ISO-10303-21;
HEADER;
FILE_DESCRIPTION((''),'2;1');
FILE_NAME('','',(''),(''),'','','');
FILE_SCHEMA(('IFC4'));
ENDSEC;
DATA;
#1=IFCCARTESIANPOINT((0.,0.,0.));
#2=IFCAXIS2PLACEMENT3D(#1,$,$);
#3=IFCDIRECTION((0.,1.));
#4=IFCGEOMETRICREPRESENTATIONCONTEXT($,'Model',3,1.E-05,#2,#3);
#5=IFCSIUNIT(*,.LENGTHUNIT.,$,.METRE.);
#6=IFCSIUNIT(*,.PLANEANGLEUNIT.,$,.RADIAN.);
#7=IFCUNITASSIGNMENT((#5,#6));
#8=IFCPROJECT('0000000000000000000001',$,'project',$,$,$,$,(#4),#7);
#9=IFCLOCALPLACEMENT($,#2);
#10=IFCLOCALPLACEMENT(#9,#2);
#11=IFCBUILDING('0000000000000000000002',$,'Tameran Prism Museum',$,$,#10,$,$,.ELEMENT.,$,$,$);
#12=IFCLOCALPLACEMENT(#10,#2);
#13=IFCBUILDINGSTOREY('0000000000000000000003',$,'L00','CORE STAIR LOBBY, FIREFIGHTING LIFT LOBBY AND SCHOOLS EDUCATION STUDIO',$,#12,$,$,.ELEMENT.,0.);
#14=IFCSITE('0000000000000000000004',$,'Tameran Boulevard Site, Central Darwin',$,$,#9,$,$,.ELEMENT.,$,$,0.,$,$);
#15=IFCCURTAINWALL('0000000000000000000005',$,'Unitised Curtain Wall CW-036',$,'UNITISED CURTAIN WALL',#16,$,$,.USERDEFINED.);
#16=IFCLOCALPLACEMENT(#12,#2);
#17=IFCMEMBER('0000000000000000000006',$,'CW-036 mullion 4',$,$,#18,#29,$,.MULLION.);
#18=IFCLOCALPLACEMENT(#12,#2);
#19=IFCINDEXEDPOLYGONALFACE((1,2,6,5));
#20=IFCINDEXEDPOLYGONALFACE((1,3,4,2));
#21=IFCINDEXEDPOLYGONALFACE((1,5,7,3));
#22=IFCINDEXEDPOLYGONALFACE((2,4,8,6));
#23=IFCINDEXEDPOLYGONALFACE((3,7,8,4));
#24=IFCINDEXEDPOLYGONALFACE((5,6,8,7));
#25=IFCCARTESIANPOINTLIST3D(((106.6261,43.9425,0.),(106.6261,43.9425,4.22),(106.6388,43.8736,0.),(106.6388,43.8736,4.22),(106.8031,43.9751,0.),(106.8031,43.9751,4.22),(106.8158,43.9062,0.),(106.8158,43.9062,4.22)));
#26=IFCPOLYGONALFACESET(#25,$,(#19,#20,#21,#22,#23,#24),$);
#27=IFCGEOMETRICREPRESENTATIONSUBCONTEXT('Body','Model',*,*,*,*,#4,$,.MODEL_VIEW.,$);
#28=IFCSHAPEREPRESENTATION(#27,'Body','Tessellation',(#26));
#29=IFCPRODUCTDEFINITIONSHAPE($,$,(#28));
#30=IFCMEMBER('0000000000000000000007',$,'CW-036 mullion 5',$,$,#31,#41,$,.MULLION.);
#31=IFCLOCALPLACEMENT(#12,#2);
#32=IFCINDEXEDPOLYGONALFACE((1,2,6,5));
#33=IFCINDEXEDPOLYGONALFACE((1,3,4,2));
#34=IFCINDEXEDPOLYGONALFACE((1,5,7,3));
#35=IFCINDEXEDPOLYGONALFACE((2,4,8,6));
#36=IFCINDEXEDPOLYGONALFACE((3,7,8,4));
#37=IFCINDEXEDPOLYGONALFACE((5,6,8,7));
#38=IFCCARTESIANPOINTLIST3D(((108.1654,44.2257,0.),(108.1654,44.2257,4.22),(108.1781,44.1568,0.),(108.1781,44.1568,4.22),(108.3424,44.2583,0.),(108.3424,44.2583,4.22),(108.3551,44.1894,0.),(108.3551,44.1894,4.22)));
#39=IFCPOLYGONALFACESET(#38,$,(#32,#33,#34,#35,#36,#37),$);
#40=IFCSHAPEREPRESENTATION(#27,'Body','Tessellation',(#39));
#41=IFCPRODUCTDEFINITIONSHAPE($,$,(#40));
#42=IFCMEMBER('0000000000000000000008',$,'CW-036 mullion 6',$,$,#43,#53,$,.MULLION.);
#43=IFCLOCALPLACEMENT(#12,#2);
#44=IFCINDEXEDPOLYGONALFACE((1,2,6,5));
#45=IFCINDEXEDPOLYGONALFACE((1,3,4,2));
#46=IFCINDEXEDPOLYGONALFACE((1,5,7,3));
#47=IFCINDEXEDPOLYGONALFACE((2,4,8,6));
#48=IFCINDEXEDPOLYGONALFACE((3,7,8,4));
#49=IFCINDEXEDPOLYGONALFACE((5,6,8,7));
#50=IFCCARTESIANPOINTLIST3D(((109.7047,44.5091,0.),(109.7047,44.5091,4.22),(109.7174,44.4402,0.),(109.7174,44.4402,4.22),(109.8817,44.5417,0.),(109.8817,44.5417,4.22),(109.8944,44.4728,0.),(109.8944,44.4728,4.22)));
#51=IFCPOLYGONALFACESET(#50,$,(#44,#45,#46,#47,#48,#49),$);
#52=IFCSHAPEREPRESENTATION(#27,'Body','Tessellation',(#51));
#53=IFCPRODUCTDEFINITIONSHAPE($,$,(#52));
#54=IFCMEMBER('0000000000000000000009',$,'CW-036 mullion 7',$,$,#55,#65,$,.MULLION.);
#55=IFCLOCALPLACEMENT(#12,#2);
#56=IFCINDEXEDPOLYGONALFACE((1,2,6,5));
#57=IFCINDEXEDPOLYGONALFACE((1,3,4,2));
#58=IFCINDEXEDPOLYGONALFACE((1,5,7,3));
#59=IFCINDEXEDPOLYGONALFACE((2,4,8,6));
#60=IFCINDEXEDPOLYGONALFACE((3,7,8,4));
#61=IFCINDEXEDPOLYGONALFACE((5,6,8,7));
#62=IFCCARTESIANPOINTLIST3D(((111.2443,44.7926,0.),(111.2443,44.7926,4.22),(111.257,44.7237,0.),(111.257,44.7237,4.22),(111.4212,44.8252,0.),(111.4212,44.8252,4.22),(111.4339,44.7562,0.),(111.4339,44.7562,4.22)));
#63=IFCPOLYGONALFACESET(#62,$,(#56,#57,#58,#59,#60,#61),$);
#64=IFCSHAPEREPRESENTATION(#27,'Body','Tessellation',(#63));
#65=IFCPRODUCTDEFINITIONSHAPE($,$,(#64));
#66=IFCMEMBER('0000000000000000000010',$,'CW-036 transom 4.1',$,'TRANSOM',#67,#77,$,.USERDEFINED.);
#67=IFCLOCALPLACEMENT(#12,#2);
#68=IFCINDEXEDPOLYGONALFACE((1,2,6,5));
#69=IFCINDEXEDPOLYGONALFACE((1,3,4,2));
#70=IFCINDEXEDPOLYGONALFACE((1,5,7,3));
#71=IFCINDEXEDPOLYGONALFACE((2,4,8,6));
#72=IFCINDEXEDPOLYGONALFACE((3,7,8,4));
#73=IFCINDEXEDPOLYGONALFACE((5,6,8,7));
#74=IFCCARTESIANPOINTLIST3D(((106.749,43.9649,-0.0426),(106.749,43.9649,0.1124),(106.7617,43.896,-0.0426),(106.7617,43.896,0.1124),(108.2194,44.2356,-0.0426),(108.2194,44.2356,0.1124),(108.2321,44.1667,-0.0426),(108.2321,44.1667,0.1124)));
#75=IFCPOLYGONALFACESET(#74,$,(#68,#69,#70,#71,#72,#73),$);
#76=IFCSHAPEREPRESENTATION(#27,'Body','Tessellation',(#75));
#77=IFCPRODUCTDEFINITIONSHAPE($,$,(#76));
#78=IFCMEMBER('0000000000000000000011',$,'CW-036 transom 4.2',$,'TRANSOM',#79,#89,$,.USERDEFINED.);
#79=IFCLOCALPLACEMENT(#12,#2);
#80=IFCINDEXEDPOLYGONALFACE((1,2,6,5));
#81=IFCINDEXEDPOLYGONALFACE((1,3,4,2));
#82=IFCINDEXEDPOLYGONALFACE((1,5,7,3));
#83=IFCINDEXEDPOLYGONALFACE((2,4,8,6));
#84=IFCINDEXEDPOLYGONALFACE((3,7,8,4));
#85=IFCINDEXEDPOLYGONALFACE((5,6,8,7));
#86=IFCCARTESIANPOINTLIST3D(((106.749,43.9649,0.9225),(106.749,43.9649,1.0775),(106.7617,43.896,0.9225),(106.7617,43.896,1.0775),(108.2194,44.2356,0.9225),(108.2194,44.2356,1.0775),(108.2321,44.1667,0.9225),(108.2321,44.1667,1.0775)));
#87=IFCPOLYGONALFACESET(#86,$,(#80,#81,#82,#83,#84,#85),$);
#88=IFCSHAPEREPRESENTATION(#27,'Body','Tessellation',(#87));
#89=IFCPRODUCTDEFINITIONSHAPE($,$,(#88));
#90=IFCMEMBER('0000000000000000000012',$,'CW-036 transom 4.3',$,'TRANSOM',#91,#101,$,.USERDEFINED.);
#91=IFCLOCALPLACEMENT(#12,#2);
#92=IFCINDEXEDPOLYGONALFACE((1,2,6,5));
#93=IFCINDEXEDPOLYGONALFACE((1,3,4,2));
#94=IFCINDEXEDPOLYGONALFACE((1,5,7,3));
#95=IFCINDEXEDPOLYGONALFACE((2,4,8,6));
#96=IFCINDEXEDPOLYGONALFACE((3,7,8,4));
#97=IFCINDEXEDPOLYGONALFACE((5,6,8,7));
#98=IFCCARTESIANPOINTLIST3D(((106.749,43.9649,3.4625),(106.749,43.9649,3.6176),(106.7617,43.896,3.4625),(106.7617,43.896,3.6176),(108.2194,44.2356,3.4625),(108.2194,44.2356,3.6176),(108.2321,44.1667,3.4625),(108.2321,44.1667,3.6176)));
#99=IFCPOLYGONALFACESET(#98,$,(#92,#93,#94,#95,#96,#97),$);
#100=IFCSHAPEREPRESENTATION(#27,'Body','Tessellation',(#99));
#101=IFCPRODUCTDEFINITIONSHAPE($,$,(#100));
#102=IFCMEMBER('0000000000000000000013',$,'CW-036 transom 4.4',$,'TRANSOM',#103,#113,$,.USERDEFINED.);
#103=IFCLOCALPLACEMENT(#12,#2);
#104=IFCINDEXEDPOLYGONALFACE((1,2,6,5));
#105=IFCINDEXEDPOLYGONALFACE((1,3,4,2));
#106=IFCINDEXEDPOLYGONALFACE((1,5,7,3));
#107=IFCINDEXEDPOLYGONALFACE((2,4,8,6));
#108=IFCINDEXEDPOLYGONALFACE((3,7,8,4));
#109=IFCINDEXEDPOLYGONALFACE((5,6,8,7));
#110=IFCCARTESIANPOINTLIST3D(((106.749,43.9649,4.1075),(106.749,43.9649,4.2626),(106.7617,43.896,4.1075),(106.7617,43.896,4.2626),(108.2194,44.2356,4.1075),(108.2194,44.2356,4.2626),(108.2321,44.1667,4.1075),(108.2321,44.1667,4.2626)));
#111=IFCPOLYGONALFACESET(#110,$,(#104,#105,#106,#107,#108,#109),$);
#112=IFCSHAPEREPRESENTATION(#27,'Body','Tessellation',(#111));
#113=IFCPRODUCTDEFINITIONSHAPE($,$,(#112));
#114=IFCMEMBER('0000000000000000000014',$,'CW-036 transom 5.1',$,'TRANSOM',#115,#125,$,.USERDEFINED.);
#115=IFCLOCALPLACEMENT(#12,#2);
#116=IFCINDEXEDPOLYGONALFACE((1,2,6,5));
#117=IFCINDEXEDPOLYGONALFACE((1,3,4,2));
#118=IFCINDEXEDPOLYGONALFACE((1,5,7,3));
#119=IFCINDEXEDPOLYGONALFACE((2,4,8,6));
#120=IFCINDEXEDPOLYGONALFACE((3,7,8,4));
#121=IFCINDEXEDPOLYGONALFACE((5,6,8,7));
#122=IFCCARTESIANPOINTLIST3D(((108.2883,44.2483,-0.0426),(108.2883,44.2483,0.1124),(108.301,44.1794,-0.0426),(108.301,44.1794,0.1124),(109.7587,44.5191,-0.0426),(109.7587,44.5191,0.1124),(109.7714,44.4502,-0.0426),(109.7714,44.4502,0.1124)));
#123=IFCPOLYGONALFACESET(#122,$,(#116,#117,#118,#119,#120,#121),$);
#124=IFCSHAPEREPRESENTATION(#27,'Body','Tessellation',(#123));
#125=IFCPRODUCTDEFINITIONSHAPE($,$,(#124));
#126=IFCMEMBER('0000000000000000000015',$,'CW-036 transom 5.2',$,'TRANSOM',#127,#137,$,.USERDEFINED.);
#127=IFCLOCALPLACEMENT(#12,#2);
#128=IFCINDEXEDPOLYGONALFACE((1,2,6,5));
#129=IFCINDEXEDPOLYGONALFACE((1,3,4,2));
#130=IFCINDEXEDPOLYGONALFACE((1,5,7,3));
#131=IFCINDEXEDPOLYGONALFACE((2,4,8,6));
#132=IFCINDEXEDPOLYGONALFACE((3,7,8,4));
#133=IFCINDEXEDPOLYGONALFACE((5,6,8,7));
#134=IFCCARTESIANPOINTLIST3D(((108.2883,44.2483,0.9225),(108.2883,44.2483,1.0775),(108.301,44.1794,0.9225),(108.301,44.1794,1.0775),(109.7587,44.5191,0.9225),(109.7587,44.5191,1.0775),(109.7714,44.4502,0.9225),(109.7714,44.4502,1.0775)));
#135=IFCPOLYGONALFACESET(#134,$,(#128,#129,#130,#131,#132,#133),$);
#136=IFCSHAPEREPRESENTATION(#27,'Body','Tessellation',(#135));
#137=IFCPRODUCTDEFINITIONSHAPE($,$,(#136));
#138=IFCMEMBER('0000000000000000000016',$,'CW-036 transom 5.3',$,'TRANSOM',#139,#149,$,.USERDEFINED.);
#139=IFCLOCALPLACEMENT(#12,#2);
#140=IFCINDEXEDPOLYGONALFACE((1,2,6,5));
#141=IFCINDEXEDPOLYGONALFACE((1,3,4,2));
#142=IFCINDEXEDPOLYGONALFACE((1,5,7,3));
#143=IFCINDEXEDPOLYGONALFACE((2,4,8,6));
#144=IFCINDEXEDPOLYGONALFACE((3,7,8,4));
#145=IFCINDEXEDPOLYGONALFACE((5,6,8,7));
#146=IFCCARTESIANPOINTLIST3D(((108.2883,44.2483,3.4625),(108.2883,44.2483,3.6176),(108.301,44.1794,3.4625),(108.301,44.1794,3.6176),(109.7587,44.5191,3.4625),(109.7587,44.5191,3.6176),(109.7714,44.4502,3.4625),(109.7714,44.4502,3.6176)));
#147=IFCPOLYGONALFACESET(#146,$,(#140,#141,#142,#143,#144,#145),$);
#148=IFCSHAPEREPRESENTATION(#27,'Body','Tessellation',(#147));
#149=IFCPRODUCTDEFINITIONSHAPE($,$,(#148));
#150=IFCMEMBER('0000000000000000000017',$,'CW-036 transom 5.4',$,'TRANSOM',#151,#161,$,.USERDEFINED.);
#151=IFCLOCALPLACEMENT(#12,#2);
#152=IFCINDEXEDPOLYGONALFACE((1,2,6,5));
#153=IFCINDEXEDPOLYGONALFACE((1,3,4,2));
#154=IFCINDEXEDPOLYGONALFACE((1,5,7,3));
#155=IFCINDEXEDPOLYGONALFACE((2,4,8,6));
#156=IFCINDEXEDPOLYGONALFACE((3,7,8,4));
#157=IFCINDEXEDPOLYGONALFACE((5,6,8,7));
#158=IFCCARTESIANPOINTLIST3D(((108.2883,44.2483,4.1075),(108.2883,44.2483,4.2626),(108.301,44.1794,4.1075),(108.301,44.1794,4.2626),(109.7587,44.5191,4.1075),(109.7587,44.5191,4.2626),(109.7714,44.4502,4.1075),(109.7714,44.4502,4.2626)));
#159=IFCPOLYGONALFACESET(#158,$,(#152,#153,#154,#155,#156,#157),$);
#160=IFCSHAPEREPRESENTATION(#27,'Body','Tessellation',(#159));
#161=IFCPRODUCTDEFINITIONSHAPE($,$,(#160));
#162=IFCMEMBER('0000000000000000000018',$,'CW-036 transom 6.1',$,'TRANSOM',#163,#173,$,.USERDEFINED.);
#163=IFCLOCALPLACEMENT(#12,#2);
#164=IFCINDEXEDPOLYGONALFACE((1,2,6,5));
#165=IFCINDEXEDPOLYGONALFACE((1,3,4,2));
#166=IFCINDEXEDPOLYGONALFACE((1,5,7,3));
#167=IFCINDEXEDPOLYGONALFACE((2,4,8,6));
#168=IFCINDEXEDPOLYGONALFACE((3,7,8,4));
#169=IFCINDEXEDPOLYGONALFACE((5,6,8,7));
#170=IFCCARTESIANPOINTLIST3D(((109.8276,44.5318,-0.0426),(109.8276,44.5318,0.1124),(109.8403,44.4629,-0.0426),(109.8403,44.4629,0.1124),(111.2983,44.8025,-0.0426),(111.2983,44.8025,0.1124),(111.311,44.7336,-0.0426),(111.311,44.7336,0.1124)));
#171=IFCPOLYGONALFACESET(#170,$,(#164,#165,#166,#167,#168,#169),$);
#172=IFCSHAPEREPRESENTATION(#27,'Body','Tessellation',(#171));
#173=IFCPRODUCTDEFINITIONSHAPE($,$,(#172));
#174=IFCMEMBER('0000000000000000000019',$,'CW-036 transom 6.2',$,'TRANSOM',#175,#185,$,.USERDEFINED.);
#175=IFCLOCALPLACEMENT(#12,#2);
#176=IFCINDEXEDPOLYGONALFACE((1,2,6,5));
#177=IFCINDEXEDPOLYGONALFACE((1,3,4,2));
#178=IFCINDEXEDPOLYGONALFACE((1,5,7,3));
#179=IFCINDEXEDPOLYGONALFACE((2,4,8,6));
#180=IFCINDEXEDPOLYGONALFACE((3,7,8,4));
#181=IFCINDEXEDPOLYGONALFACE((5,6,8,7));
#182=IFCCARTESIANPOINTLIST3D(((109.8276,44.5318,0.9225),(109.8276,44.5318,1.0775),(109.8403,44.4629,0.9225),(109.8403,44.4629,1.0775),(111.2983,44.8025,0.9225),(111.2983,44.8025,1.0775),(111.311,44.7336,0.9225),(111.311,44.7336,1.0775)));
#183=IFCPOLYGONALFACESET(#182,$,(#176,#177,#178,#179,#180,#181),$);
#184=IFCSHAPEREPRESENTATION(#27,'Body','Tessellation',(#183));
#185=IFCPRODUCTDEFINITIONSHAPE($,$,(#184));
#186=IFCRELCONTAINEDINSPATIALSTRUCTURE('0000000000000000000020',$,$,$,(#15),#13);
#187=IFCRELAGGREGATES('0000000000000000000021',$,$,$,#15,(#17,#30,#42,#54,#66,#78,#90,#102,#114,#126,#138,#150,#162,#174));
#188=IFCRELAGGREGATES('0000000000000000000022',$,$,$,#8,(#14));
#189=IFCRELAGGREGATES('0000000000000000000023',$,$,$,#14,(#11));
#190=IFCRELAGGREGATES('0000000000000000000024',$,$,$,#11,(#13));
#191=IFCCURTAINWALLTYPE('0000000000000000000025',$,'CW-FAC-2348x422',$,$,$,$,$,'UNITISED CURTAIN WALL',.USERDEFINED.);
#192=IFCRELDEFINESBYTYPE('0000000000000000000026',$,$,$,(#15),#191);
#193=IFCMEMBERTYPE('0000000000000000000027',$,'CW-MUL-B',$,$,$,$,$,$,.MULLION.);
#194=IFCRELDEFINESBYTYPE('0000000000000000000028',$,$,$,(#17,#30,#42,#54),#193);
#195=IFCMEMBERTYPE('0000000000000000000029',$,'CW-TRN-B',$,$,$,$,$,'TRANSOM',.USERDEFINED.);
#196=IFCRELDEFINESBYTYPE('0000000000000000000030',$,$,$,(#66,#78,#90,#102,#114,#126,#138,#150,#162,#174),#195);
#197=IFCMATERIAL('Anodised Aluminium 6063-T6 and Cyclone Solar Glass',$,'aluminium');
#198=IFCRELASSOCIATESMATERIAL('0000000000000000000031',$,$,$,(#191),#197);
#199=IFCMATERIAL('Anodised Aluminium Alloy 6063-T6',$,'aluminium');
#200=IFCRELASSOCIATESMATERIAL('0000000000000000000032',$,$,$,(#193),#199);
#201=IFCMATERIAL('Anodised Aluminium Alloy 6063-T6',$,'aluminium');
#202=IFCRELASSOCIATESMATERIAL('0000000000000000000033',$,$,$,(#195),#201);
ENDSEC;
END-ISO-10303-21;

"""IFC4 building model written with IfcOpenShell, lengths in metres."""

from ifc_helpers import new_model, si_unit, direction, frame, origin, origin_2d, place, context, subcontext, project, spatial, rectangle, extrude, material, material_profile, profile_set, type_object, element, aggregate, save


model = new_model("IFC4")

# Units and contexts
model_context = context("Model", 3, precision=1e-05, world=origin(), true_north=direction((0.0, 1.0)))
body_context = subcontext(model_context, "Body", "Model", "MODEL_VIEW")
ifc_project = project(units=[si_unit("LENGTHUNIT", "METRE"), si_unit("PLANEANGLEUNIT", "RADIAN")], contexts=[model_context])

# Site, building, storey
site_placement = place(None, origin())
site = spatial("IfcSite", under=ifc_project, at=site_placement, Name="Tameran Boulevard Site, Central Darwin", CompositionType="ELEMENT", RefElevation=0.0)
building_placement = place(site_placement, origin())
building = spatial("IfcBuilding", under=site, at=building_placement, Name="Tameran Prism Museum", CompositionType="ELEMENT")
storey_placement = place(building_placement, origin())
storey = spatial("IfcBuildingStorey", under=building, at=storey_placement, Name="L00", Description="CORE STAIR LOBBY, FIREFIGHTING LIFT LOBBY AND SCHOOLS EDUCATION STUDIO", CompositionType="ELEMENT", Elevation=0.0)

# Curtain wall, members
ifc_material_1 = material(Name="Anodised Aluminium 6063-T6 and Cyclone Solar Glass", Category="aluminium")
curtain_wall_type = type_object("IfcCurtainWallType", Name="CW-FAC-2348x422", ElementType="UNITISED CURTAIN WALL", PredefinedType="USERDEFINED", material=ifc_material_1)
curtain_wall_placement = place(storey_placement, origin())
curtain_wall = element("IfcCurtainWall", 1, at=curtain_wall_placement, inside=storey, type_object=curtain_wall_type, Name="Unitised Curtain Wall CW-036", ObjectType="UNITISED CURTAIN WALL", PredefinedType="USERDEFINED")
ifc_material_2 = material(Name="Anodised Aluminium Alloy 6063-T6", Category="aluminium")
ifc_material_profile_1 = material_profile(ifc_material_2, rectangle(XDim=0.0701, YDim=0.1799, at=origin_2d()))
ifc_profile_set_1 = profile_set([ifc_material_profile_1])
member_type_1 = type_object("IfcMemberType", Name="CW-MUL-B", PredefinedType="MULLION", material=ifc_profile_set_1)
member_1_placement = place(storey_placement, frame((106.7209, 43.9243, 0.0), z_axis=(0.0, 0.0, 1.0), x_axis=(-0.181063, 0.983472, 0.0)))
member_1 = element("IfcMember", 2, at=member_1_placement, type_object=member_type_1, Name="CW-036 mullion 4", PredefinedType="MULLION", context=body_context, shape_type="SweptSolid", body=[
    extrude(rectangle(XDim=0.0701, YDim=0.1799, at=origin_2d()), origin(), (0.0, 0.0, 1.0), 4.22),
])
member_2_placement = place(storey_placement, frame((108.2603, 44.2075, 0.0), z_axis=(0.0, 0.0, 1.0), x_axis=(-0.181063, 0.983472, 0.0)))
member_2 = element("IfcMember", 3, at=member_2_placement, type_object=member_type_1, Name="CW-036 mullion 5", PredefinedType="MULLION", context=body_context, shape_type="SweptSolid", body=[
    extrude(rectangle(XDim=0.0701, YDim=0.1799, at=origin_2d()), origin(), (0.0, 0.0, 1.0), 4.22),
])
member_3_placement = place(storey_placement, frame((109.7996, 44.491, 0.0), z_axis=(0.0, 0.0, 1.0), x_axis=(-0.181063, 0.983472, 0.0)))
member_3 = element("IfcMember", 4, at=member_3_placement, type_object=member_type_1, Name="CW-036 mullion 6", PredefinedType="MULLION", context=body_context, shape_type="SweptSolid", body=[
    extrude(rectangle(XDim=0.0701, YDim=0.1799, at=origin_2d()), origin(), (0.0, 0.0, 1.0), 4.22),
])
member_4_placement = place(storey_placement, frame((111.3391, 44.7744, 0.0), z_axis=(0.0, 0.0, 1.0), x_axis=(-0.181063, 0.983472, 0.0)))
member_4 = element("IfcMember", 5, at=member_4_placement, type_object=member_type_1, Name="CW-036 mullion 7", PredefinedType="MULLION", context=body_context, shape_type="SweptSolid", body=[
    extrude(rectangle(XDim=0.0701, YDim=0.1799, at=origin_2d()), origin(), (0.0, 0.0, 1.0), 4.22),
])
ifc_material_3 = material(Name="Anodised Aluminium Alloy 6063-T6", Category="aluminium")
ifc_material_profile_2 = material_profile(ifc_material_3, rectangle(XDim=0.0701, YDim=0.155, at=origin_2d()))
ifc_profile_set_2 = profile_set([ifc_material_profile_2])
member_type_2 = type_object("IfcMemberType", Name="CW-TRN-B", ElementType="TRANSOM", PredefinedType="USERDEFINED", material=ifc_profile_set_2)
member_5_placement = place(storey_placement, frame((106.7554, 43.9304, 0.0349), z_axis=(0.983468, 0.181083, 0.0), x_axis=(-0.181083, 0.983468, 0.0)))
member_5 = element("IfcMember", 6, at=member_5_placement, type_object=member_type_2, Name="CW-036 transom 4.1", ObjectType="TRANSOM", PredefinedType="USERDEFINED", context=body_context, shape_type="SweptSolid", body=[
    extrude(rectangle(XDim=0.0701, YDim=0.155, at=origin_2d()), origin(), (0.0, 0.0, 1.0), 1.4951),
])
member_6_placement = place(storey_placement, frame((106.7554, 43.9304, 1.0), z_axis=(0.983468, 0.181083, 0.0), x_axis=(-0.181083, 0.983468, 0.0)))
member_6 = element("IfcMember", 7, at=member_6_placement, type_object=member_type_2, Name="CW-036 transom 4.2", ObjectType="TRANSOM", PredefinedType="USERDEFINED", context=body_context, shape_type="SweptSolid", body=[
    extrude(rectangle(XDim=0.0701, YDim=0.155, at=origin_2d()), origin(), (0.0, 0.0, 1.0), 1.4951),
])
member_7_placement = place(storey_placement, frame((106.7554, 43.9304, 3.54), z_axis=(0.983468, 0.181083, 0.0), x_axis=(-0.181083, 0.983468, 0.0)))
member_7 = element("IfcMember", 8, at=member_7_placement, type_object=member_type_2, Name="CW-036 transom 4.3", ObjectType="TRANSOM", PredefinedType="USERDEFINED", context=body_context, shape_type="SweptSolid", body=[
    extrude(rectangle(XDim=0.0701, YDim=0.155, at=origin_2d()), origin(), (0.0, 0.0, 1.0), 1.4951),
])
member_8_placement = place(storey_placement, frame((106.7554, 43.9304, 4.1851), z_axis=(0.983468, 0.181083, 0.0), x_axis=(-0.181083, 0.983468, 0.0)))
member_8 = element("IfcMember", 9, at=member_8_placement, type_object=member_type_2, Name="CW-036 transom 4.4", ObjectType="TRANSOM", PredefinedType="USERDEFINED", context=body_context, shape_type="SweptSolid", body=[
    extrude(rectangle(XDim=0.0701, YDim=0.155, at=origin_2d()), origin(), (0.0, 0.0, 1.0), 1.4951),
])
member_9_placement = place(storey_placement, frame((108.2947, 44.2139, 0.0349), z_axis=(0.983468, 0.181083, 0.0), x_axis=(-0.181083, 0.983468, 0.0)))
member_9 = element("IfcMember", 10, at=member_9_placement, type_object=member_type_2, Name="CW-036 transom 5.1", ObjectType="TRANSOM", PredefinedType="USERDEFINED", context=body_context, shape_type="SweptSolid", body=[
    extrude(rectangle(XDim=0.0701, YDim=0.155, at=origin_2d()), origin(), (0.0, 0.0, 1.0), 1.4951),
])
member_10_placement = place(storey_placement, frame((108.2947, 44.2139, 1.0), z_axis=(0.983468, 0.181083, 0.0), x_axis=(-0.181083, 0.983468, 0.0)))
member_10 = element("IfcMember", 11, at=member_10_placement, type_object=member_type_2, Name="CW-036 transom 5.2", ObjectType="TRANSOM", PredefinedType="USERDEFINED", context=body_context, shape_type="SweptSolid", body=[
    extrude(rectangle(XDim=0.0701, YDim=0.155, at=origin_2d()), origin(), (0.0, 0.0, 1.0), 1.4951),
])
member_11_placement = place(storey_placement, frame((108.2947, 44.2139, 3.54), z_axis=(0.983468, 0.181083, 0.0), x_axis=(-0.181083, 0.983468, 0.0)))
member_11 = element("IfcMember", 12, at=member_11_placement, type_object=member_type_2, Name="CW-036 transom 5.3", ObjectType="TRANSOM", PredefinedType="USERDEFINED", context=body_context, shape_type="SweptSolid", body=[
    extrude(rectangle(XDim=0.0701, YDim=0.155, at=origin_2d()), origin(), (0.0, 0.0, 1.0), 1.4951),
])
member_12_placement = place(storey_placement, frame((108.2947, 44.2139, 4.1851), z_axis=(0.983468, 0.181083, 0.0), x_axis=(-0.181083, 0.983468, 0.0)))
member_12 = element("IfcMember", 13, at=member_12_placement, type_object=member_type_2, Name="CW-036 transom 5.4", ObjectType="TRANSOM", PredefinedType="USERDEFINED", context=body_context, shape_type="SweptSolid", body=[
    extrude(rectangle(XDim=0.0701, YDim=0.155, at=origin_2d()), origin(), (0.0, 0.0, 1.0), 1.4951),
])
member_13_placement = place(storey_placement, frame((109.834, 44.4973, 0.0349), z_axis=(0.983473, 0.181054, 0.0), x_axis=(-0.181054, 0.983473, 0.0)))
member_13 = element("IfcMember", 14, at=member_13_placement, type_object=member_type_2, Name="CW-036 transom 6.1", ObjectType="TRANSOM", PredefinedType="USERDEFINED", context=body_context, shape_type="SweptSolid", body=[
    extrude(rectangle(XDim=0.0701, YDim=0.155, at=origin_2d()), origin(), (0.0, 0.0, 1.0), 1.4954),
])
member_14_placement = place(storey_placement, frame((109.834, 44.4973, 1.0), z_axis=(0.983473, 0.181054, 0.0), x_axis=(-0.181054, 0.983473, 0.0)))
member_14 = element("IfcMember", 15, at=member_14_placement, type_object=member_type_2, Name="CW-036 transom 6.2", ObjectType="TRANSOM", PredefinedType="USERDEFINED", context=body_context, shape_type="SweptSolid", body=[
    extrude(rectangle(XDim=0.0701, YDim=0.155, at=origin_2d()), origin(), (0.0, 0.0, 1.0), 1.4954),
])
aggregate(curtain_wall, [member_1, member_2, member_3, member_4, member_5, member_6, member_7, member_8, member_9, member_10, member_11, member_12, member_13, member_14])

save(model, "model.ifc")
